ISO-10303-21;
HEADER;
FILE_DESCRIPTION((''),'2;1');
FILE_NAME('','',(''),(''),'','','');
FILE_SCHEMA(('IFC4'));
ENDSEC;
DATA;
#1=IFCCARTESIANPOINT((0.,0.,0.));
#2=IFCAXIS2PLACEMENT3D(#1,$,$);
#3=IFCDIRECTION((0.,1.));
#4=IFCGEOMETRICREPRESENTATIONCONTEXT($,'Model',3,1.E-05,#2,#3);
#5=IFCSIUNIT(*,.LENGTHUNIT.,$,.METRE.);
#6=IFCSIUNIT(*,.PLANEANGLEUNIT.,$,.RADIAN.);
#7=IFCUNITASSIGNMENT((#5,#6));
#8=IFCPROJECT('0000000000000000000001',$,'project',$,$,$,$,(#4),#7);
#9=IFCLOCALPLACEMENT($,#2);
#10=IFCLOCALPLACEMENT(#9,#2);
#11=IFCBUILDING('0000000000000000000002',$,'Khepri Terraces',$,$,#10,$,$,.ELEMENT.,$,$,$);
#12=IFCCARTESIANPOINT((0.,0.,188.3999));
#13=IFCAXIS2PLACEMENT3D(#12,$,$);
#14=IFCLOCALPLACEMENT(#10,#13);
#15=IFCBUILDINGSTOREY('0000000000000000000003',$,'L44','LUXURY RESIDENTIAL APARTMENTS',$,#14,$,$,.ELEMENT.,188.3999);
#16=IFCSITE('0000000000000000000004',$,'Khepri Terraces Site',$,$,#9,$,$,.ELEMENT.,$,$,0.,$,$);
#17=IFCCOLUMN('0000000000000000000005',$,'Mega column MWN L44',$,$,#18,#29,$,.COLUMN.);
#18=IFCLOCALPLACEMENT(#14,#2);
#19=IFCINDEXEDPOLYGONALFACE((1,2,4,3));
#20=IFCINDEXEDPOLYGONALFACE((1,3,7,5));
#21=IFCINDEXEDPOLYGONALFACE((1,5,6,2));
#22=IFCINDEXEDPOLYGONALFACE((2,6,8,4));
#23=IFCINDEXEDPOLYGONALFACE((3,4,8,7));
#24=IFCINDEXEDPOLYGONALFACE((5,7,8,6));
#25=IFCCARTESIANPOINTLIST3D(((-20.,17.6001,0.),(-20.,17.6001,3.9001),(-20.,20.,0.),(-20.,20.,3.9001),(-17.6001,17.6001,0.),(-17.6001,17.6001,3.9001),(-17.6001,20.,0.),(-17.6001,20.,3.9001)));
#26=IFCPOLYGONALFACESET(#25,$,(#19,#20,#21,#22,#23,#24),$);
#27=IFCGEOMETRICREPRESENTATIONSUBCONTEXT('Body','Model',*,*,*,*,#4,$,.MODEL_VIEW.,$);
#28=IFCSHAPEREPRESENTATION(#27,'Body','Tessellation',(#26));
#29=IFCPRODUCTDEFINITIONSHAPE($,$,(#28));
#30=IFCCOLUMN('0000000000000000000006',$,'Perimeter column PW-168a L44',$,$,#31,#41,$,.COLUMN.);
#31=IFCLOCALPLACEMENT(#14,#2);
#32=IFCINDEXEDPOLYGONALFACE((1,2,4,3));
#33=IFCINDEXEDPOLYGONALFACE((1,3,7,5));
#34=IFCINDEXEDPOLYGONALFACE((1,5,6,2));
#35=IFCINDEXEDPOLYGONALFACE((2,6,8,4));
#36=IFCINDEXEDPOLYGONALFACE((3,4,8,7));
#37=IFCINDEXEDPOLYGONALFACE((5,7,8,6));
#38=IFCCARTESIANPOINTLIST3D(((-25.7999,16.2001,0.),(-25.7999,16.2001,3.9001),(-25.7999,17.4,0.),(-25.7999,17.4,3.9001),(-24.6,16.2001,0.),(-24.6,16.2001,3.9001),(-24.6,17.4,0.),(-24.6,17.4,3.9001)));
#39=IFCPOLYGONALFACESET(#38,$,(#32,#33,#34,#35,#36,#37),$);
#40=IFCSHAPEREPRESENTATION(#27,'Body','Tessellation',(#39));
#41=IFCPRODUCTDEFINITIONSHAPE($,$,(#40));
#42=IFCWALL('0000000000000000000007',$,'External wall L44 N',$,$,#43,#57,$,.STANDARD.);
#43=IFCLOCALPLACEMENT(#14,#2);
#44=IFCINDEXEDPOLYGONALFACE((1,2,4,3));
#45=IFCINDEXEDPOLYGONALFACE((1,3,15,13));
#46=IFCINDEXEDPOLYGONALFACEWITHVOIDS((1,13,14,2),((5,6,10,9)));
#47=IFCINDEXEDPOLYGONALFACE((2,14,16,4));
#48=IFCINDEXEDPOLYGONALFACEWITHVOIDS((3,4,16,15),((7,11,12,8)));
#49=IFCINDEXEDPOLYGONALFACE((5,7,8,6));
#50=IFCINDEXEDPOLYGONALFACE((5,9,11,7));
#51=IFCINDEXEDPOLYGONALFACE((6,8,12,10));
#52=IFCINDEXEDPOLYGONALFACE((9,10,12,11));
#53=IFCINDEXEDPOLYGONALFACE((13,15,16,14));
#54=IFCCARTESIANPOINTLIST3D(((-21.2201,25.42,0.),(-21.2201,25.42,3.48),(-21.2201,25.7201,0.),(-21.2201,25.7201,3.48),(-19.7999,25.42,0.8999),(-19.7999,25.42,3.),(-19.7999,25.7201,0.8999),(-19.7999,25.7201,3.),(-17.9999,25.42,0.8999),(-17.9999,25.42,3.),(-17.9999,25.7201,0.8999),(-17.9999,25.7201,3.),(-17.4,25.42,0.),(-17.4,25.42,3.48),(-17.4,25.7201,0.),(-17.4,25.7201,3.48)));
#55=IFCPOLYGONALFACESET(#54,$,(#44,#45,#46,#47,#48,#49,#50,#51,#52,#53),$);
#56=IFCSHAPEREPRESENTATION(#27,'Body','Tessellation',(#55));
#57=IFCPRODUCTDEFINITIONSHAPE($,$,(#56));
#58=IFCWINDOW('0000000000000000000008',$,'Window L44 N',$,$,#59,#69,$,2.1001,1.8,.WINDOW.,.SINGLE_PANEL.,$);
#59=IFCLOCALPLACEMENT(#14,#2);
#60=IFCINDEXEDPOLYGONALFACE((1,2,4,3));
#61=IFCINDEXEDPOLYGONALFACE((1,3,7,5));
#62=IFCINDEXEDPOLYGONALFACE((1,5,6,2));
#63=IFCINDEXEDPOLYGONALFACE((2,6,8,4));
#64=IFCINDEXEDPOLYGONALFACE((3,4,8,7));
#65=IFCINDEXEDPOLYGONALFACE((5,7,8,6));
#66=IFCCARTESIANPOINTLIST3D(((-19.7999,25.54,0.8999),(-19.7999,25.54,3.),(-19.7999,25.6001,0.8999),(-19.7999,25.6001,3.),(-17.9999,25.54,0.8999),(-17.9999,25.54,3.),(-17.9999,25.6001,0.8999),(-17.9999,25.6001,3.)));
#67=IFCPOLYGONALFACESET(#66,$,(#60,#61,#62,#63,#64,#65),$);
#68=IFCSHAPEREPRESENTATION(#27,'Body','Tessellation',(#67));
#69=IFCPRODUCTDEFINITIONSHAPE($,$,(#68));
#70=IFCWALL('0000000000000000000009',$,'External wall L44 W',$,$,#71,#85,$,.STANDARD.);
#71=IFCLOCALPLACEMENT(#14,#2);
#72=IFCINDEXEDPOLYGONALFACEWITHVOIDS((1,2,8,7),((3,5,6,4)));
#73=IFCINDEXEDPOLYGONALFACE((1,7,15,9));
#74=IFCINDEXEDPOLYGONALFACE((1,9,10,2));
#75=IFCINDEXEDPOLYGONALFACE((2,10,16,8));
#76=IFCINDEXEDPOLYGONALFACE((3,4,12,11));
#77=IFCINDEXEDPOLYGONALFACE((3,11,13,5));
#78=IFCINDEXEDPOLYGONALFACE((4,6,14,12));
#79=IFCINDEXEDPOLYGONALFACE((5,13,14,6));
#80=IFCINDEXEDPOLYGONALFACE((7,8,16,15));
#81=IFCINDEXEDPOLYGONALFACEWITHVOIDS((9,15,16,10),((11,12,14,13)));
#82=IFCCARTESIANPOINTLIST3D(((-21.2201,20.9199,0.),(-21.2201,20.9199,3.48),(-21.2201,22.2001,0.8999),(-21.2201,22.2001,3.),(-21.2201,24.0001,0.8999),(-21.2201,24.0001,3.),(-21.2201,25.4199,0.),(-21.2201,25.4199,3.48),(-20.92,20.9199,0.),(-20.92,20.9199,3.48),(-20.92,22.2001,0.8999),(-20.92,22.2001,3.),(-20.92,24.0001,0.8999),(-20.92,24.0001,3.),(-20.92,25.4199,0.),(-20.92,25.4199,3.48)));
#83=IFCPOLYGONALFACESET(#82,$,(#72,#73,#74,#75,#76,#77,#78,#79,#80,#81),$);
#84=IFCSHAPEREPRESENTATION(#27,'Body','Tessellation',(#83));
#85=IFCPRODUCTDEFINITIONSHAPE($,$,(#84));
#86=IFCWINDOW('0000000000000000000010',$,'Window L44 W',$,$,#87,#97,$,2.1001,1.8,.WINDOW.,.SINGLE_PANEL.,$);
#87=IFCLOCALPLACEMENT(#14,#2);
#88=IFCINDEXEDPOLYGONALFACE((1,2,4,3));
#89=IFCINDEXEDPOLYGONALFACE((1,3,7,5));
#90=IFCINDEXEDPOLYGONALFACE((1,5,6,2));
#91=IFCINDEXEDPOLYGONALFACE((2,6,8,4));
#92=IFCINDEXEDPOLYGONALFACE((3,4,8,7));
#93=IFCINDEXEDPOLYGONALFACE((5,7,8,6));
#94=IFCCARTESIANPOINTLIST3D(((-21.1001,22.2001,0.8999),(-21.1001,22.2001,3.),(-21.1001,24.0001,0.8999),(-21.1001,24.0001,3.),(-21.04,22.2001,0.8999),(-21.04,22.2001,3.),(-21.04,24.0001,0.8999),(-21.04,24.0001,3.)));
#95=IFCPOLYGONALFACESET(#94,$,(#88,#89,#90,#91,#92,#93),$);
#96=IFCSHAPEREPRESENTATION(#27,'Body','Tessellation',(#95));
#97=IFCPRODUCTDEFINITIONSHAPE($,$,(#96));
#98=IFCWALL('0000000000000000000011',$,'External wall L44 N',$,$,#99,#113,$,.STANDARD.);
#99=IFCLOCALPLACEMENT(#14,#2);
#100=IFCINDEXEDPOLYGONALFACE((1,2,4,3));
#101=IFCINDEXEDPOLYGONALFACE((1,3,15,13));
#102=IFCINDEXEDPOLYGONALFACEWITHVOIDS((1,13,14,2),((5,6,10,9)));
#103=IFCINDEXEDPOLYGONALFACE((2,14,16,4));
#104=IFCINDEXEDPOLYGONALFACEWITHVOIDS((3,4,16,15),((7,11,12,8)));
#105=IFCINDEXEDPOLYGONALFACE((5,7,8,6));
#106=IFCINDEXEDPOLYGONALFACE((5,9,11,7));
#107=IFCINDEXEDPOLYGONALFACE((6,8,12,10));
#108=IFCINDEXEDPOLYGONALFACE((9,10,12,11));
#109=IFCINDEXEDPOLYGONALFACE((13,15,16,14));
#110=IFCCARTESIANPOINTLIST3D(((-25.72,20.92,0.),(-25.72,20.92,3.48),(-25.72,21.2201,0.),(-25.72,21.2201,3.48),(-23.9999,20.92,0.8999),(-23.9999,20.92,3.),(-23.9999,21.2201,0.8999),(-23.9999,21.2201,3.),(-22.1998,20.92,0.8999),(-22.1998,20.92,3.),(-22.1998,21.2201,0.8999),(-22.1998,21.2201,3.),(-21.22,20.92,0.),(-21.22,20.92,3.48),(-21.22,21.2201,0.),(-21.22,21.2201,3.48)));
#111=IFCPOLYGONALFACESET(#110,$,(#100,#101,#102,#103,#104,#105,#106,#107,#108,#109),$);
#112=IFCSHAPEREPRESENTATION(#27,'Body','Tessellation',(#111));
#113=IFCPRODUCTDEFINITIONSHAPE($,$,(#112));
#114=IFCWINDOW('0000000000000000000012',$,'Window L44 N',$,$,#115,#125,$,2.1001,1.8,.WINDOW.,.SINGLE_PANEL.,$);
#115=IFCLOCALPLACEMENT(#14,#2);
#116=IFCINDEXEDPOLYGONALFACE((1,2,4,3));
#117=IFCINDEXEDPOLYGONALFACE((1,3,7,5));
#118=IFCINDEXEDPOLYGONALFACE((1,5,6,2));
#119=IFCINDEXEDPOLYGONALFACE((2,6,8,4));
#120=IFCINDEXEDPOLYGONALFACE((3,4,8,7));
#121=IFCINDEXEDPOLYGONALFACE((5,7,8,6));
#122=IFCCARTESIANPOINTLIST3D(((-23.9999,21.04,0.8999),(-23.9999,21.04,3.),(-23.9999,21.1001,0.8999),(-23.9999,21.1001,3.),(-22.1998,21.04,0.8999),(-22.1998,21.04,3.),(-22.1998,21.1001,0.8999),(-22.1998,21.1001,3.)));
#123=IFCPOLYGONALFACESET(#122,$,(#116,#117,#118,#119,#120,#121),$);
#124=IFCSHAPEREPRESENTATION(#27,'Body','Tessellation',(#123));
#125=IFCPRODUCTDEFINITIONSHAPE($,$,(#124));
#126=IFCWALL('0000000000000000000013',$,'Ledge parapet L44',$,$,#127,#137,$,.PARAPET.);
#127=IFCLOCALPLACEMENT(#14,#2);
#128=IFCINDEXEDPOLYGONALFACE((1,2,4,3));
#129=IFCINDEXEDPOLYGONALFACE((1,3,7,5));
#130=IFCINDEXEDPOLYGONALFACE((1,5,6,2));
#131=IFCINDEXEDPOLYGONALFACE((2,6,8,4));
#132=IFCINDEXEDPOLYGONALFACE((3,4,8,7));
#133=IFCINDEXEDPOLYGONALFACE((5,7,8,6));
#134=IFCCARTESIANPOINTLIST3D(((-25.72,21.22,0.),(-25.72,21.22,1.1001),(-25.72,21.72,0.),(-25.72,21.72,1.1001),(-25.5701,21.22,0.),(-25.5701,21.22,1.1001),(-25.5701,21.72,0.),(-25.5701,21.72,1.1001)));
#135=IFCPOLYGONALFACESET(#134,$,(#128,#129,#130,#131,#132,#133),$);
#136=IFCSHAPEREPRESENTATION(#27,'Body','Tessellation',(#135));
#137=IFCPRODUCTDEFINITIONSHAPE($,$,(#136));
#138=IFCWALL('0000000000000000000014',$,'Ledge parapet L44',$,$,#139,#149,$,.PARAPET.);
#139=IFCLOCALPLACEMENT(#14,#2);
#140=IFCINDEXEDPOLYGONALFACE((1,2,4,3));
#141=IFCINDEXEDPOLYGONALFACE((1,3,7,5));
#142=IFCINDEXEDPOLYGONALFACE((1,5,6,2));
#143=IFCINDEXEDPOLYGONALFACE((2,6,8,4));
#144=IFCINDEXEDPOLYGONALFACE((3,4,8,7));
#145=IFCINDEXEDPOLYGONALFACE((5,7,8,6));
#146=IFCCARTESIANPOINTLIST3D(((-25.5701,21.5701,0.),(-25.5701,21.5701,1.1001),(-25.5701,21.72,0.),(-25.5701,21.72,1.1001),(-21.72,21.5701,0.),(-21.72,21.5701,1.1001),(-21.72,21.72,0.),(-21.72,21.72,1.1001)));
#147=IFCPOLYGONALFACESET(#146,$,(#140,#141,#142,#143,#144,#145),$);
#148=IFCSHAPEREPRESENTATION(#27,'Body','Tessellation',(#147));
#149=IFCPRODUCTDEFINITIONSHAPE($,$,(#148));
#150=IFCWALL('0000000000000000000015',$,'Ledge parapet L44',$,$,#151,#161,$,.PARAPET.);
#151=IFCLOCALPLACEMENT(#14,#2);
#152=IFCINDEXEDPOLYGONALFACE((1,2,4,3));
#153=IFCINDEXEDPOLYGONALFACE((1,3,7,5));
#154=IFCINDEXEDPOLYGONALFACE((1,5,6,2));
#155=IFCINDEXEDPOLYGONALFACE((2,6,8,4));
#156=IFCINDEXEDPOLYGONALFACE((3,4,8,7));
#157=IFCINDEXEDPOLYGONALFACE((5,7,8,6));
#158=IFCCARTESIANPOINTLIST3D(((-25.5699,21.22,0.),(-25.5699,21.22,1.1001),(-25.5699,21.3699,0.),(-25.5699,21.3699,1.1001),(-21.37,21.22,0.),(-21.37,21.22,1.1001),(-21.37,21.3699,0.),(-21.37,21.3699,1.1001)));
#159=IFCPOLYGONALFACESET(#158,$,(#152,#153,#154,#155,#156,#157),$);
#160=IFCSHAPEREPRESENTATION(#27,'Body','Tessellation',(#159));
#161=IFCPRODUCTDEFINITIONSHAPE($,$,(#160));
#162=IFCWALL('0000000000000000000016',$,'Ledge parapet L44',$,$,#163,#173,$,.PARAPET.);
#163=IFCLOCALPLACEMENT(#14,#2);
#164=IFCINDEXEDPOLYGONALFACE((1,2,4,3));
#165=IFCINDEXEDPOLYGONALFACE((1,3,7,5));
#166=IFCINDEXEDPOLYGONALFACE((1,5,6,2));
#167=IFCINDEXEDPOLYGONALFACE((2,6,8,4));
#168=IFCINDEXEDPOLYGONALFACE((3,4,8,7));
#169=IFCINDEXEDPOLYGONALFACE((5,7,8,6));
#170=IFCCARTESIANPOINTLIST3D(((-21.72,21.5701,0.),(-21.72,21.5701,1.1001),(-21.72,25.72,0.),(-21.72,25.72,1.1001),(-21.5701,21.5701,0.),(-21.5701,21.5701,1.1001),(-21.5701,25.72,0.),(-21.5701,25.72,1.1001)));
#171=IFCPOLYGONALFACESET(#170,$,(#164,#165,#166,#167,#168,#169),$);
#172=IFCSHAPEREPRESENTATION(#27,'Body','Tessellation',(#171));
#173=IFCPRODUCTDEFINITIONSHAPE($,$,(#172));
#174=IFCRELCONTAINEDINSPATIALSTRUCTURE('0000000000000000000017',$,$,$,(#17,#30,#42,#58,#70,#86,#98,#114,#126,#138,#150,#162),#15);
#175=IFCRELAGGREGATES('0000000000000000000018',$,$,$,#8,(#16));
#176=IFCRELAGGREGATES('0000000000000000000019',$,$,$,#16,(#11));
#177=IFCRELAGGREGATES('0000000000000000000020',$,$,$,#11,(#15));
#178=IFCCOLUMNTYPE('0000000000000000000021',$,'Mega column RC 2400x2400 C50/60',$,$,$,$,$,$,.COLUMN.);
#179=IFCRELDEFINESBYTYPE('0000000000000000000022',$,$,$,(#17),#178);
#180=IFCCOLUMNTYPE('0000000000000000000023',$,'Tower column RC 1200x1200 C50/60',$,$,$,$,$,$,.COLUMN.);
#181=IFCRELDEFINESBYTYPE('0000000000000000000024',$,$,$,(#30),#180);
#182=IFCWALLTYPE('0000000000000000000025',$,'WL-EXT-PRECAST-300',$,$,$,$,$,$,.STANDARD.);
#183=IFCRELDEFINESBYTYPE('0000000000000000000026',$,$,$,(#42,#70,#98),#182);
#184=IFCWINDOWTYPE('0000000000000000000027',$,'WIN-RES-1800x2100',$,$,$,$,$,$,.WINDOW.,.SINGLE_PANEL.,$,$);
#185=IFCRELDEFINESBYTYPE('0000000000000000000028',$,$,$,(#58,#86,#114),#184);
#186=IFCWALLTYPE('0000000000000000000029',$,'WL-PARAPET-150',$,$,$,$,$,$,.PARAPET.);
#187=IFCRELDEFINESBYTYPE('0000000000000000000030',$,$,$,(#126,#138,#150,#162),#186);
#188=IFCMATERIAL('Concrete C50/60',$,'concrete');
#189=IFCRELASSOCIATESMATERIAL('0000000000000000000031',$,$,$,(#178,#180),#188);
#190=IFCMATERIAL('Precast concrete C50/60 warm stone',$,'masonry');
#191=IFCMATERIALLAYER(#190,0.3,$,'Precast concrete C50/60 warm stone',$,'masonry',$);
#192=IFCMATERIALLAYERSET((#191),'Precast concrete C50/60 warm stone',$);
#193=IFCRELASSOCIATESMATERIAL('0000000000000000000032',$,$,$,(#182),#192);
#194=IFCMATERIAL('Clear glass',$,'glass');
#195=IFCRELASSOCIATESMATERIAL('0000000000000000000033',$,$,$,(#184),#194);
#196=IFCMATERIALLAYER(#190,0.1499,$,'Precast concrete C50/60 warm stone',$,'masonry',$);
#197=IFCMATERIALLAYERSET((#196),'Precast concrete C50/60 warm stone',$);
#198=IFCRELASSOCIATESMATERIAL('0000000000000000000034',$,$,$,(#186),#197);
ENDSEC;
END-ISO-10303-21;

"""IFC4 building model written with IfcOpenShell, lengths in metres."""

from ifc_helpers import new_model, si_unit, direction, frame, frame_2d, origin, origin_2d, place, context, subcontext, project, spatial, rectangle, extrude, material, layer, layer_set, material_profile, profile_set, type_object, element, fill, save


model = new_model("IFC4")

# Units and contexts
model_context = context("Model", 3, precision=1e-05, world=origin(), true_north=direction((0.0, 1.0)))
body_context = subcontext(model_context, "Body", "Model", "MODEL_VIEW")
ifc_project = project(units=[si_unit("LENGTHUNIT", "METRE"), si_unit("PLANEANGLEUNIT", "RADIAN")], contexts=[model_context])

# Site, building, storey
site_placement = place(None, origin())
site = spatial("IfcSite", under=ifc_project, at=site_placement, Name="Khepri Terraces Site", CompositionType="ELEMENT", RefElevation=0.0)
building_placement = place(site_placement, origin())
building = spatial("IfcBuilding", under=site, at=building_placement, Name="Khepri Terraces", CompositionType="ELEMENT")
storey_placement = place(building_placement, frame((0.0, 0.0, 188.3999)))
storey = spatial("IfcBuildingStorey", under=building, at=storey_placement, Name="L44", Description="LUXURY RESIDENTIAL APARTMENTS", CompositionType="ELEMENT", Elevation=188.3999)

# Columns
ifc_material_1 = material(Name="Concrete C50/60", Category="concrete")
ifc_material_profile_1 = material_profile(ifc_material_1, rectangle(XDim=2.3999, YDim=2.3999, at=origin_2d()), Name="Concrete C50/60", Category="concrete")
ifc_profile_set_1 = profile_set([ifc_material_profile_1], Name="Concrete C50/60")
column_type_1 = type_object("IfcColumnType", Name="Mega column RC 2400x2400 C50/60", PredefinedType="COLUMN", material=ifc_profile_set_1)
column_1_placement = place(storey_placement, frame((-18.8, 18.8, 0.0), z_axis=(0.0, 0.0, 1.0), x_axis=(1.0, 0.0, 0.0)))
element("IfcColumn", 1, at=column_1_placement, inside=storey, type_object=column_type_1, Name="Mega column MWN L44", PredefinedType="COLUMN", context=body_context, shape_type="SweptSolid", body=[
    extrude(rectangle(XDim=2.3999, YDim=2.3999, at=origin_2d()), origin(), (0.0, 0.0, 1.0), 3.9001),
])
ifc_material_profile_2 = material_profile(ifc_material_1, rectangle(XDim=1.2, YDim=1.2, at=origin_2d()), Name="Concrete C50/60", Category="concrete")
ifc_profile_set_2 = profile_set([ifc_material_profile_2], Name="Concrete C50/60")
column_type_2 = type_object("IfcColumnType", Name="Tower column RC 1200x1200 C50/60", PredefinedType="COLUMN", material=ifc_profile_set_2)
column_2_placement = place(storey_placement, frame((-25.2, 16.8, 0.0), z_axis=(0.0, 0.0, 1.0), x_axis=(1.0, 0.0, 0.0)))
element("IfcColumn", 2, at=column_2_placement, inside=storey, type_object=column_type_2, Name="Perimeter column PW-168a L44", PredefinedType="COLUMN", context=body_context, shape_type="SweptSolid", body=[
    extrude(rectangle(XDim=1.2, YDim=1.2, at=origin_2d()), origin(), (0.0, 0.0, 1.0), 3.9001),
])

# Walls, openings, windows
ifc_material_2 = material(Name="Precast concrete C50/60 warm stone", Category="masonry")
ifc_layer_1 = layer(ifc_material_2, 0.3, Name="Precast concrete C50/60 warm stone", Category="masonry")
ifc_layer_set_1 = layer_set([ifc_layer_1], Name="Precast concrete C50/60 warm stone")
wall_type_1 = type_object("IfcWallType", Name="WL-EXT-PRECAST-300", PredefinedType="STANDARD", material=ifc_layer_set_1)
wall_1_placement = place(storey_placement, frame((-17.3999, 25.5701, 0.0), z_axis=(0.0, 0.0, 1.0), x_axis=(-1.0, 0.0, 0.0)))
wall_1 = element("IfcWall", 3, at=wall_1_placement, inside=storey, type_object=wall_type_1, Name="External wall L44 N", PredefinedType="STANDARD", context=body_context, shape_type="SweptSolid", body=[
    extrude(rectangle(XDim=3.8201, YDim=0.3, at=frame_2d((1.9102, 0.0))), origin(), (0.0, 0.0, 1.0), 3.48),
])
opening_1_placement = place(wall_1_placement, frame((0.6001, 0.0, 0.8999)))
opening_1 = element("IfcOpeningElement", 4, at=opening_1_placement, cuts=wall_1, PredefinedType="OPENING", context=body_context, shape_type="SweptSolid", body=[
    extrude(rectangle(XDim=1.8, YDim=2.1001, at=frame_2d((0.8999, 1.05))), frame((0.0, 0.1602, 0.0), z_axis=(0.0, -1.0, 0.0), x_axis=(1.0, 0.0, 0.0)), (0.0, 0.0, 1.0), 0.3201),
])
ifc_material_3 = material(Name="Clear glass", Category="glass")
window_type = type_object("IfcWindowType", Name="WIN-RES-1800x2100", PartitioningType="SINGLE_PANEL", PredefinedType="WINDOW", material=ifc_material_3)
window_1_placement = place(opening_1_placement, origin())
window_1 = element("IfcWindow", 5, at=window_1_placement, inside=storey, type_object=window_type, Name="Window L44 N", OverallHeight=2.1001, OverallWidth=1.8, PartitioningType="SINGLE_PANEL", PredefinedType="WINDOW", context=body_context, shape_type="SweptSolid", body=[
    extrude(rectangle(XDim=1.8, YDim=2.1001, at=frame_2d((0.8999, 1.05))), frame((0.0, 0.03, 0.0), z_axis=(0.0, -1.0, 0.0), x_axis=(1.0, 0.0, 0.0)), (0.0, 0.0, 1.0), 0.0601),
])
fill(opening_1, window_1)
wall_2_placement = place(storey_placement, frame((-21.0701, 25.4199, 0.0), z_axis=(0.0, 0.0, 1.0), x_axis=(0.0, -1.0, 0.0)))
wall_2 = element("IfcWall", 6, at=wall_2_placement, inside=storey, type_object=wall_type_1, Name="External wall L44 W", PredefinedType="STANDARD", context=body_context, shape_type="SweptSolid", body=[
    extrude(rectangle(XDim=4.5, YDim=0.3, at=frame_2d((2.25, 0.0))), origin(), (0.0, 0.0, 1.0), 3.48),
])
opening_2_placement = place(wall_2_placement, frame((1.4199, 0.0, 0.8999)))
opening_2 = element("IfcOpeningElement", 7, at=opening_2_placement, cuts=wall_2, PredefinedType="OPENING", context=body_context, shape_type="SweptSolid", body=[
    extrude(rectangle(XDim=1.8, YDim=2.1001, at=frame_2d((0.8999, 1.05))), frame((0.0, 0.1602, 0.0), z_axis=(0.0, -1.0, 0.0), x_axis=(1.0, 0.0, 0.0)), (0.0, 0.0, 1.0), 0.3201),
])
window_2_placement = place(opening_2_placement, origin())
window_2 = element("IfcWindow", 8, at=window_2_placement, inside=storey, type_object=window_type, Name="Window L44 W", OverallHeight=2.1001, OverallWidth=1.8, PartitioningType="SINGLE_PANEL", PredefinedType="WINDOW", context=body_context, shape_type="SweptSolid", body=[
    extrude(rectangle(XDim=1.8, YDim=2.1001, at=frame_2d((0.8999, 1.05))), frame((0.0, 0.03, 0.0), z_axis=(0.0, -1.0, 0.0), x_axis=(1.0, 0.0, 0.0)), (0.0, 0.0, 1.0), 0.0601),
])
fill(opening_2, window_2)
wall_3_placement = place(storey_placement, frame((-21.22, 21.0701, 0.0), z_axis=(0.0, 0.0, 1.0), x_axis=(-1.0, 0.0, 0.0)))
wall_3 = element("IfcWall", 9, at=wall_3_placement, inside=storey, type_object=wall_type_1, Name="External wall L44 N", PredefinedType="STANDARD", context=body_context, shape_type="SweptSolid", body=[
    extrude(rectangle(XDim=4.5, YDim=0.3, at=frame_2d((2.25, 0.0))), origin(), (0.0, 0.0, 1.0), 3.48),
])
opening_3_placement = place(wall_3_placement, frame((0.98, 0.0, 0.8999)))
opening_3 = element("IfcOpeningElement", 10, at=opening_3_placement, cuts=wall_3, PredefinedType="OPENING", context=body_context, shape_type="SweptSolid", body=[
    extrude(rectangle(XDim=1.8, YDim=2.1001, at=frame_2d((0.8999, 1.05))), frame((0.0, 0.1602, 0.0), z_axis=(0.0, -1.0, 0.0), x_axis=(1.0, 0.0, 0.0)), (0.0, 0.0, 1.0), 0.3201),
])
window_3_placement = place(opening_3_placement, origin())
window_3 = element("IfcWindow", 11, at=window_3_placement, inside=storey, type_object=window_type, Name="Window L44 N", OverallHeight=2.1001, OverallWidth=1.8, PartitioningType="SINGLE_PANEL", PredefinedType="WINDOW", context=body_context, shape_type="SweptSolid", body=[
    extrude(rectangle(XDim=1.8, YDim=2.1001, at=frame_2d((0.8999, 1.05))), frame((0.0, 0.03, 0.0), z_axis=(0.0, -1.0, 0.0), x_axis=(1.0, 0.0, 0.0)), (0.0, 0.0, 1.0), 0.0601),
])
fill(opening_3, window_3)

# Walls
ifc_layer_2 = layer(ifc_material_2, 0.1499, Name="Precast concrete C50/60 warm stone", Category="masonry")
ifc_layer_set_2 = layer_set([ifc_layer_2], Name="Precast concrete C50/60 warm stone")
wall_type_2 = type_object("IfcWallType", Name="WL-PARAPET-150", PredefinedType="PARAPET", material=ifc_layer_set_2)
wall_4_placement = place(storey_placement, frame((-25.645, 21.22, 0.0), z_axis=(0.0, 0.0, 1.0), x_axis=(0.0, 1.0, 0.0)))
element("IfcWall", 12, at=wall_4_placement, inside=storey, type_object=wall_type_2, Name="Ledge parapet L44", PredefinedType="PARAPET", context=body_context, shape_type="SweptSolid", body=[
    extrude(rectangle(XDim=0.5, YDim=0.1499, at=frame_2d((0.25, 0.0))), origin(), (0.0, 0.0, 1.0), 1.1001),
])
wall_5_placement = place(storey_placement, frame((-25.5701, 21.645, 0.0), z_axis=(0.0, 0.0, 1.0), x_axis=(1.0, 0.0, 0.0)))
element("IfcWall", 13, at=wall_5_placement, inside=storey, type_object=wall_type_2, Name="Ledge parapet L44", PredefinedType="PARAPET", context=body_context, shape_type="SweptSolid", body=[
    extrude(rectangle(XDim=3.8501, YDim=0.1499, at=frame_2d((1.925, 0.0))), origin(), (0.0, 0.0, 1.0), 1.1001),
])
wall_6_placement = place(storey_placement, frame((-25.5701, 21.2949, 0.0), z_axis=(0.0, 0.0, 1.0), x_axis=(1.0, 0.0, 0.0)))
element("IfcWall", 14, at=wall_6_placement, inside=storey, type_object=wall_type_2, Name="Ledge parapet L44", PredefinedType="PARAPET", context=body_context, shape_type="SweptSolid", body=[
    extrude(rectangle(XDim=4.2, YDim=0.1499, at=frame_2d((2.1001, 0.0))), origin(), (0.0, 0.0, 1.0), 1.1001),
])
wall_7_placement = place(storey_placement, frame((-21.645, 21.5701, 0.0), z_axis=(0.0, 0.0, 1.0), x_axis=(0.0, 1.0, 0.0)))
element("IfcWall", 15, at=wall_7_placement, inside=storey, type_object=wall_type_2, Name="Ledge parapet L44", PredefinedType="PARAPET", context=body_context, shape_type="SweptSolid", body=[
    extrude(rectangle(XDim=4.1499, YDim=0.1499, at=frame_2d((2.075, 0.0))), origin(), (0.0, 0.0, 1.0), 1.1001),
])

save(model, "model.ifc")
